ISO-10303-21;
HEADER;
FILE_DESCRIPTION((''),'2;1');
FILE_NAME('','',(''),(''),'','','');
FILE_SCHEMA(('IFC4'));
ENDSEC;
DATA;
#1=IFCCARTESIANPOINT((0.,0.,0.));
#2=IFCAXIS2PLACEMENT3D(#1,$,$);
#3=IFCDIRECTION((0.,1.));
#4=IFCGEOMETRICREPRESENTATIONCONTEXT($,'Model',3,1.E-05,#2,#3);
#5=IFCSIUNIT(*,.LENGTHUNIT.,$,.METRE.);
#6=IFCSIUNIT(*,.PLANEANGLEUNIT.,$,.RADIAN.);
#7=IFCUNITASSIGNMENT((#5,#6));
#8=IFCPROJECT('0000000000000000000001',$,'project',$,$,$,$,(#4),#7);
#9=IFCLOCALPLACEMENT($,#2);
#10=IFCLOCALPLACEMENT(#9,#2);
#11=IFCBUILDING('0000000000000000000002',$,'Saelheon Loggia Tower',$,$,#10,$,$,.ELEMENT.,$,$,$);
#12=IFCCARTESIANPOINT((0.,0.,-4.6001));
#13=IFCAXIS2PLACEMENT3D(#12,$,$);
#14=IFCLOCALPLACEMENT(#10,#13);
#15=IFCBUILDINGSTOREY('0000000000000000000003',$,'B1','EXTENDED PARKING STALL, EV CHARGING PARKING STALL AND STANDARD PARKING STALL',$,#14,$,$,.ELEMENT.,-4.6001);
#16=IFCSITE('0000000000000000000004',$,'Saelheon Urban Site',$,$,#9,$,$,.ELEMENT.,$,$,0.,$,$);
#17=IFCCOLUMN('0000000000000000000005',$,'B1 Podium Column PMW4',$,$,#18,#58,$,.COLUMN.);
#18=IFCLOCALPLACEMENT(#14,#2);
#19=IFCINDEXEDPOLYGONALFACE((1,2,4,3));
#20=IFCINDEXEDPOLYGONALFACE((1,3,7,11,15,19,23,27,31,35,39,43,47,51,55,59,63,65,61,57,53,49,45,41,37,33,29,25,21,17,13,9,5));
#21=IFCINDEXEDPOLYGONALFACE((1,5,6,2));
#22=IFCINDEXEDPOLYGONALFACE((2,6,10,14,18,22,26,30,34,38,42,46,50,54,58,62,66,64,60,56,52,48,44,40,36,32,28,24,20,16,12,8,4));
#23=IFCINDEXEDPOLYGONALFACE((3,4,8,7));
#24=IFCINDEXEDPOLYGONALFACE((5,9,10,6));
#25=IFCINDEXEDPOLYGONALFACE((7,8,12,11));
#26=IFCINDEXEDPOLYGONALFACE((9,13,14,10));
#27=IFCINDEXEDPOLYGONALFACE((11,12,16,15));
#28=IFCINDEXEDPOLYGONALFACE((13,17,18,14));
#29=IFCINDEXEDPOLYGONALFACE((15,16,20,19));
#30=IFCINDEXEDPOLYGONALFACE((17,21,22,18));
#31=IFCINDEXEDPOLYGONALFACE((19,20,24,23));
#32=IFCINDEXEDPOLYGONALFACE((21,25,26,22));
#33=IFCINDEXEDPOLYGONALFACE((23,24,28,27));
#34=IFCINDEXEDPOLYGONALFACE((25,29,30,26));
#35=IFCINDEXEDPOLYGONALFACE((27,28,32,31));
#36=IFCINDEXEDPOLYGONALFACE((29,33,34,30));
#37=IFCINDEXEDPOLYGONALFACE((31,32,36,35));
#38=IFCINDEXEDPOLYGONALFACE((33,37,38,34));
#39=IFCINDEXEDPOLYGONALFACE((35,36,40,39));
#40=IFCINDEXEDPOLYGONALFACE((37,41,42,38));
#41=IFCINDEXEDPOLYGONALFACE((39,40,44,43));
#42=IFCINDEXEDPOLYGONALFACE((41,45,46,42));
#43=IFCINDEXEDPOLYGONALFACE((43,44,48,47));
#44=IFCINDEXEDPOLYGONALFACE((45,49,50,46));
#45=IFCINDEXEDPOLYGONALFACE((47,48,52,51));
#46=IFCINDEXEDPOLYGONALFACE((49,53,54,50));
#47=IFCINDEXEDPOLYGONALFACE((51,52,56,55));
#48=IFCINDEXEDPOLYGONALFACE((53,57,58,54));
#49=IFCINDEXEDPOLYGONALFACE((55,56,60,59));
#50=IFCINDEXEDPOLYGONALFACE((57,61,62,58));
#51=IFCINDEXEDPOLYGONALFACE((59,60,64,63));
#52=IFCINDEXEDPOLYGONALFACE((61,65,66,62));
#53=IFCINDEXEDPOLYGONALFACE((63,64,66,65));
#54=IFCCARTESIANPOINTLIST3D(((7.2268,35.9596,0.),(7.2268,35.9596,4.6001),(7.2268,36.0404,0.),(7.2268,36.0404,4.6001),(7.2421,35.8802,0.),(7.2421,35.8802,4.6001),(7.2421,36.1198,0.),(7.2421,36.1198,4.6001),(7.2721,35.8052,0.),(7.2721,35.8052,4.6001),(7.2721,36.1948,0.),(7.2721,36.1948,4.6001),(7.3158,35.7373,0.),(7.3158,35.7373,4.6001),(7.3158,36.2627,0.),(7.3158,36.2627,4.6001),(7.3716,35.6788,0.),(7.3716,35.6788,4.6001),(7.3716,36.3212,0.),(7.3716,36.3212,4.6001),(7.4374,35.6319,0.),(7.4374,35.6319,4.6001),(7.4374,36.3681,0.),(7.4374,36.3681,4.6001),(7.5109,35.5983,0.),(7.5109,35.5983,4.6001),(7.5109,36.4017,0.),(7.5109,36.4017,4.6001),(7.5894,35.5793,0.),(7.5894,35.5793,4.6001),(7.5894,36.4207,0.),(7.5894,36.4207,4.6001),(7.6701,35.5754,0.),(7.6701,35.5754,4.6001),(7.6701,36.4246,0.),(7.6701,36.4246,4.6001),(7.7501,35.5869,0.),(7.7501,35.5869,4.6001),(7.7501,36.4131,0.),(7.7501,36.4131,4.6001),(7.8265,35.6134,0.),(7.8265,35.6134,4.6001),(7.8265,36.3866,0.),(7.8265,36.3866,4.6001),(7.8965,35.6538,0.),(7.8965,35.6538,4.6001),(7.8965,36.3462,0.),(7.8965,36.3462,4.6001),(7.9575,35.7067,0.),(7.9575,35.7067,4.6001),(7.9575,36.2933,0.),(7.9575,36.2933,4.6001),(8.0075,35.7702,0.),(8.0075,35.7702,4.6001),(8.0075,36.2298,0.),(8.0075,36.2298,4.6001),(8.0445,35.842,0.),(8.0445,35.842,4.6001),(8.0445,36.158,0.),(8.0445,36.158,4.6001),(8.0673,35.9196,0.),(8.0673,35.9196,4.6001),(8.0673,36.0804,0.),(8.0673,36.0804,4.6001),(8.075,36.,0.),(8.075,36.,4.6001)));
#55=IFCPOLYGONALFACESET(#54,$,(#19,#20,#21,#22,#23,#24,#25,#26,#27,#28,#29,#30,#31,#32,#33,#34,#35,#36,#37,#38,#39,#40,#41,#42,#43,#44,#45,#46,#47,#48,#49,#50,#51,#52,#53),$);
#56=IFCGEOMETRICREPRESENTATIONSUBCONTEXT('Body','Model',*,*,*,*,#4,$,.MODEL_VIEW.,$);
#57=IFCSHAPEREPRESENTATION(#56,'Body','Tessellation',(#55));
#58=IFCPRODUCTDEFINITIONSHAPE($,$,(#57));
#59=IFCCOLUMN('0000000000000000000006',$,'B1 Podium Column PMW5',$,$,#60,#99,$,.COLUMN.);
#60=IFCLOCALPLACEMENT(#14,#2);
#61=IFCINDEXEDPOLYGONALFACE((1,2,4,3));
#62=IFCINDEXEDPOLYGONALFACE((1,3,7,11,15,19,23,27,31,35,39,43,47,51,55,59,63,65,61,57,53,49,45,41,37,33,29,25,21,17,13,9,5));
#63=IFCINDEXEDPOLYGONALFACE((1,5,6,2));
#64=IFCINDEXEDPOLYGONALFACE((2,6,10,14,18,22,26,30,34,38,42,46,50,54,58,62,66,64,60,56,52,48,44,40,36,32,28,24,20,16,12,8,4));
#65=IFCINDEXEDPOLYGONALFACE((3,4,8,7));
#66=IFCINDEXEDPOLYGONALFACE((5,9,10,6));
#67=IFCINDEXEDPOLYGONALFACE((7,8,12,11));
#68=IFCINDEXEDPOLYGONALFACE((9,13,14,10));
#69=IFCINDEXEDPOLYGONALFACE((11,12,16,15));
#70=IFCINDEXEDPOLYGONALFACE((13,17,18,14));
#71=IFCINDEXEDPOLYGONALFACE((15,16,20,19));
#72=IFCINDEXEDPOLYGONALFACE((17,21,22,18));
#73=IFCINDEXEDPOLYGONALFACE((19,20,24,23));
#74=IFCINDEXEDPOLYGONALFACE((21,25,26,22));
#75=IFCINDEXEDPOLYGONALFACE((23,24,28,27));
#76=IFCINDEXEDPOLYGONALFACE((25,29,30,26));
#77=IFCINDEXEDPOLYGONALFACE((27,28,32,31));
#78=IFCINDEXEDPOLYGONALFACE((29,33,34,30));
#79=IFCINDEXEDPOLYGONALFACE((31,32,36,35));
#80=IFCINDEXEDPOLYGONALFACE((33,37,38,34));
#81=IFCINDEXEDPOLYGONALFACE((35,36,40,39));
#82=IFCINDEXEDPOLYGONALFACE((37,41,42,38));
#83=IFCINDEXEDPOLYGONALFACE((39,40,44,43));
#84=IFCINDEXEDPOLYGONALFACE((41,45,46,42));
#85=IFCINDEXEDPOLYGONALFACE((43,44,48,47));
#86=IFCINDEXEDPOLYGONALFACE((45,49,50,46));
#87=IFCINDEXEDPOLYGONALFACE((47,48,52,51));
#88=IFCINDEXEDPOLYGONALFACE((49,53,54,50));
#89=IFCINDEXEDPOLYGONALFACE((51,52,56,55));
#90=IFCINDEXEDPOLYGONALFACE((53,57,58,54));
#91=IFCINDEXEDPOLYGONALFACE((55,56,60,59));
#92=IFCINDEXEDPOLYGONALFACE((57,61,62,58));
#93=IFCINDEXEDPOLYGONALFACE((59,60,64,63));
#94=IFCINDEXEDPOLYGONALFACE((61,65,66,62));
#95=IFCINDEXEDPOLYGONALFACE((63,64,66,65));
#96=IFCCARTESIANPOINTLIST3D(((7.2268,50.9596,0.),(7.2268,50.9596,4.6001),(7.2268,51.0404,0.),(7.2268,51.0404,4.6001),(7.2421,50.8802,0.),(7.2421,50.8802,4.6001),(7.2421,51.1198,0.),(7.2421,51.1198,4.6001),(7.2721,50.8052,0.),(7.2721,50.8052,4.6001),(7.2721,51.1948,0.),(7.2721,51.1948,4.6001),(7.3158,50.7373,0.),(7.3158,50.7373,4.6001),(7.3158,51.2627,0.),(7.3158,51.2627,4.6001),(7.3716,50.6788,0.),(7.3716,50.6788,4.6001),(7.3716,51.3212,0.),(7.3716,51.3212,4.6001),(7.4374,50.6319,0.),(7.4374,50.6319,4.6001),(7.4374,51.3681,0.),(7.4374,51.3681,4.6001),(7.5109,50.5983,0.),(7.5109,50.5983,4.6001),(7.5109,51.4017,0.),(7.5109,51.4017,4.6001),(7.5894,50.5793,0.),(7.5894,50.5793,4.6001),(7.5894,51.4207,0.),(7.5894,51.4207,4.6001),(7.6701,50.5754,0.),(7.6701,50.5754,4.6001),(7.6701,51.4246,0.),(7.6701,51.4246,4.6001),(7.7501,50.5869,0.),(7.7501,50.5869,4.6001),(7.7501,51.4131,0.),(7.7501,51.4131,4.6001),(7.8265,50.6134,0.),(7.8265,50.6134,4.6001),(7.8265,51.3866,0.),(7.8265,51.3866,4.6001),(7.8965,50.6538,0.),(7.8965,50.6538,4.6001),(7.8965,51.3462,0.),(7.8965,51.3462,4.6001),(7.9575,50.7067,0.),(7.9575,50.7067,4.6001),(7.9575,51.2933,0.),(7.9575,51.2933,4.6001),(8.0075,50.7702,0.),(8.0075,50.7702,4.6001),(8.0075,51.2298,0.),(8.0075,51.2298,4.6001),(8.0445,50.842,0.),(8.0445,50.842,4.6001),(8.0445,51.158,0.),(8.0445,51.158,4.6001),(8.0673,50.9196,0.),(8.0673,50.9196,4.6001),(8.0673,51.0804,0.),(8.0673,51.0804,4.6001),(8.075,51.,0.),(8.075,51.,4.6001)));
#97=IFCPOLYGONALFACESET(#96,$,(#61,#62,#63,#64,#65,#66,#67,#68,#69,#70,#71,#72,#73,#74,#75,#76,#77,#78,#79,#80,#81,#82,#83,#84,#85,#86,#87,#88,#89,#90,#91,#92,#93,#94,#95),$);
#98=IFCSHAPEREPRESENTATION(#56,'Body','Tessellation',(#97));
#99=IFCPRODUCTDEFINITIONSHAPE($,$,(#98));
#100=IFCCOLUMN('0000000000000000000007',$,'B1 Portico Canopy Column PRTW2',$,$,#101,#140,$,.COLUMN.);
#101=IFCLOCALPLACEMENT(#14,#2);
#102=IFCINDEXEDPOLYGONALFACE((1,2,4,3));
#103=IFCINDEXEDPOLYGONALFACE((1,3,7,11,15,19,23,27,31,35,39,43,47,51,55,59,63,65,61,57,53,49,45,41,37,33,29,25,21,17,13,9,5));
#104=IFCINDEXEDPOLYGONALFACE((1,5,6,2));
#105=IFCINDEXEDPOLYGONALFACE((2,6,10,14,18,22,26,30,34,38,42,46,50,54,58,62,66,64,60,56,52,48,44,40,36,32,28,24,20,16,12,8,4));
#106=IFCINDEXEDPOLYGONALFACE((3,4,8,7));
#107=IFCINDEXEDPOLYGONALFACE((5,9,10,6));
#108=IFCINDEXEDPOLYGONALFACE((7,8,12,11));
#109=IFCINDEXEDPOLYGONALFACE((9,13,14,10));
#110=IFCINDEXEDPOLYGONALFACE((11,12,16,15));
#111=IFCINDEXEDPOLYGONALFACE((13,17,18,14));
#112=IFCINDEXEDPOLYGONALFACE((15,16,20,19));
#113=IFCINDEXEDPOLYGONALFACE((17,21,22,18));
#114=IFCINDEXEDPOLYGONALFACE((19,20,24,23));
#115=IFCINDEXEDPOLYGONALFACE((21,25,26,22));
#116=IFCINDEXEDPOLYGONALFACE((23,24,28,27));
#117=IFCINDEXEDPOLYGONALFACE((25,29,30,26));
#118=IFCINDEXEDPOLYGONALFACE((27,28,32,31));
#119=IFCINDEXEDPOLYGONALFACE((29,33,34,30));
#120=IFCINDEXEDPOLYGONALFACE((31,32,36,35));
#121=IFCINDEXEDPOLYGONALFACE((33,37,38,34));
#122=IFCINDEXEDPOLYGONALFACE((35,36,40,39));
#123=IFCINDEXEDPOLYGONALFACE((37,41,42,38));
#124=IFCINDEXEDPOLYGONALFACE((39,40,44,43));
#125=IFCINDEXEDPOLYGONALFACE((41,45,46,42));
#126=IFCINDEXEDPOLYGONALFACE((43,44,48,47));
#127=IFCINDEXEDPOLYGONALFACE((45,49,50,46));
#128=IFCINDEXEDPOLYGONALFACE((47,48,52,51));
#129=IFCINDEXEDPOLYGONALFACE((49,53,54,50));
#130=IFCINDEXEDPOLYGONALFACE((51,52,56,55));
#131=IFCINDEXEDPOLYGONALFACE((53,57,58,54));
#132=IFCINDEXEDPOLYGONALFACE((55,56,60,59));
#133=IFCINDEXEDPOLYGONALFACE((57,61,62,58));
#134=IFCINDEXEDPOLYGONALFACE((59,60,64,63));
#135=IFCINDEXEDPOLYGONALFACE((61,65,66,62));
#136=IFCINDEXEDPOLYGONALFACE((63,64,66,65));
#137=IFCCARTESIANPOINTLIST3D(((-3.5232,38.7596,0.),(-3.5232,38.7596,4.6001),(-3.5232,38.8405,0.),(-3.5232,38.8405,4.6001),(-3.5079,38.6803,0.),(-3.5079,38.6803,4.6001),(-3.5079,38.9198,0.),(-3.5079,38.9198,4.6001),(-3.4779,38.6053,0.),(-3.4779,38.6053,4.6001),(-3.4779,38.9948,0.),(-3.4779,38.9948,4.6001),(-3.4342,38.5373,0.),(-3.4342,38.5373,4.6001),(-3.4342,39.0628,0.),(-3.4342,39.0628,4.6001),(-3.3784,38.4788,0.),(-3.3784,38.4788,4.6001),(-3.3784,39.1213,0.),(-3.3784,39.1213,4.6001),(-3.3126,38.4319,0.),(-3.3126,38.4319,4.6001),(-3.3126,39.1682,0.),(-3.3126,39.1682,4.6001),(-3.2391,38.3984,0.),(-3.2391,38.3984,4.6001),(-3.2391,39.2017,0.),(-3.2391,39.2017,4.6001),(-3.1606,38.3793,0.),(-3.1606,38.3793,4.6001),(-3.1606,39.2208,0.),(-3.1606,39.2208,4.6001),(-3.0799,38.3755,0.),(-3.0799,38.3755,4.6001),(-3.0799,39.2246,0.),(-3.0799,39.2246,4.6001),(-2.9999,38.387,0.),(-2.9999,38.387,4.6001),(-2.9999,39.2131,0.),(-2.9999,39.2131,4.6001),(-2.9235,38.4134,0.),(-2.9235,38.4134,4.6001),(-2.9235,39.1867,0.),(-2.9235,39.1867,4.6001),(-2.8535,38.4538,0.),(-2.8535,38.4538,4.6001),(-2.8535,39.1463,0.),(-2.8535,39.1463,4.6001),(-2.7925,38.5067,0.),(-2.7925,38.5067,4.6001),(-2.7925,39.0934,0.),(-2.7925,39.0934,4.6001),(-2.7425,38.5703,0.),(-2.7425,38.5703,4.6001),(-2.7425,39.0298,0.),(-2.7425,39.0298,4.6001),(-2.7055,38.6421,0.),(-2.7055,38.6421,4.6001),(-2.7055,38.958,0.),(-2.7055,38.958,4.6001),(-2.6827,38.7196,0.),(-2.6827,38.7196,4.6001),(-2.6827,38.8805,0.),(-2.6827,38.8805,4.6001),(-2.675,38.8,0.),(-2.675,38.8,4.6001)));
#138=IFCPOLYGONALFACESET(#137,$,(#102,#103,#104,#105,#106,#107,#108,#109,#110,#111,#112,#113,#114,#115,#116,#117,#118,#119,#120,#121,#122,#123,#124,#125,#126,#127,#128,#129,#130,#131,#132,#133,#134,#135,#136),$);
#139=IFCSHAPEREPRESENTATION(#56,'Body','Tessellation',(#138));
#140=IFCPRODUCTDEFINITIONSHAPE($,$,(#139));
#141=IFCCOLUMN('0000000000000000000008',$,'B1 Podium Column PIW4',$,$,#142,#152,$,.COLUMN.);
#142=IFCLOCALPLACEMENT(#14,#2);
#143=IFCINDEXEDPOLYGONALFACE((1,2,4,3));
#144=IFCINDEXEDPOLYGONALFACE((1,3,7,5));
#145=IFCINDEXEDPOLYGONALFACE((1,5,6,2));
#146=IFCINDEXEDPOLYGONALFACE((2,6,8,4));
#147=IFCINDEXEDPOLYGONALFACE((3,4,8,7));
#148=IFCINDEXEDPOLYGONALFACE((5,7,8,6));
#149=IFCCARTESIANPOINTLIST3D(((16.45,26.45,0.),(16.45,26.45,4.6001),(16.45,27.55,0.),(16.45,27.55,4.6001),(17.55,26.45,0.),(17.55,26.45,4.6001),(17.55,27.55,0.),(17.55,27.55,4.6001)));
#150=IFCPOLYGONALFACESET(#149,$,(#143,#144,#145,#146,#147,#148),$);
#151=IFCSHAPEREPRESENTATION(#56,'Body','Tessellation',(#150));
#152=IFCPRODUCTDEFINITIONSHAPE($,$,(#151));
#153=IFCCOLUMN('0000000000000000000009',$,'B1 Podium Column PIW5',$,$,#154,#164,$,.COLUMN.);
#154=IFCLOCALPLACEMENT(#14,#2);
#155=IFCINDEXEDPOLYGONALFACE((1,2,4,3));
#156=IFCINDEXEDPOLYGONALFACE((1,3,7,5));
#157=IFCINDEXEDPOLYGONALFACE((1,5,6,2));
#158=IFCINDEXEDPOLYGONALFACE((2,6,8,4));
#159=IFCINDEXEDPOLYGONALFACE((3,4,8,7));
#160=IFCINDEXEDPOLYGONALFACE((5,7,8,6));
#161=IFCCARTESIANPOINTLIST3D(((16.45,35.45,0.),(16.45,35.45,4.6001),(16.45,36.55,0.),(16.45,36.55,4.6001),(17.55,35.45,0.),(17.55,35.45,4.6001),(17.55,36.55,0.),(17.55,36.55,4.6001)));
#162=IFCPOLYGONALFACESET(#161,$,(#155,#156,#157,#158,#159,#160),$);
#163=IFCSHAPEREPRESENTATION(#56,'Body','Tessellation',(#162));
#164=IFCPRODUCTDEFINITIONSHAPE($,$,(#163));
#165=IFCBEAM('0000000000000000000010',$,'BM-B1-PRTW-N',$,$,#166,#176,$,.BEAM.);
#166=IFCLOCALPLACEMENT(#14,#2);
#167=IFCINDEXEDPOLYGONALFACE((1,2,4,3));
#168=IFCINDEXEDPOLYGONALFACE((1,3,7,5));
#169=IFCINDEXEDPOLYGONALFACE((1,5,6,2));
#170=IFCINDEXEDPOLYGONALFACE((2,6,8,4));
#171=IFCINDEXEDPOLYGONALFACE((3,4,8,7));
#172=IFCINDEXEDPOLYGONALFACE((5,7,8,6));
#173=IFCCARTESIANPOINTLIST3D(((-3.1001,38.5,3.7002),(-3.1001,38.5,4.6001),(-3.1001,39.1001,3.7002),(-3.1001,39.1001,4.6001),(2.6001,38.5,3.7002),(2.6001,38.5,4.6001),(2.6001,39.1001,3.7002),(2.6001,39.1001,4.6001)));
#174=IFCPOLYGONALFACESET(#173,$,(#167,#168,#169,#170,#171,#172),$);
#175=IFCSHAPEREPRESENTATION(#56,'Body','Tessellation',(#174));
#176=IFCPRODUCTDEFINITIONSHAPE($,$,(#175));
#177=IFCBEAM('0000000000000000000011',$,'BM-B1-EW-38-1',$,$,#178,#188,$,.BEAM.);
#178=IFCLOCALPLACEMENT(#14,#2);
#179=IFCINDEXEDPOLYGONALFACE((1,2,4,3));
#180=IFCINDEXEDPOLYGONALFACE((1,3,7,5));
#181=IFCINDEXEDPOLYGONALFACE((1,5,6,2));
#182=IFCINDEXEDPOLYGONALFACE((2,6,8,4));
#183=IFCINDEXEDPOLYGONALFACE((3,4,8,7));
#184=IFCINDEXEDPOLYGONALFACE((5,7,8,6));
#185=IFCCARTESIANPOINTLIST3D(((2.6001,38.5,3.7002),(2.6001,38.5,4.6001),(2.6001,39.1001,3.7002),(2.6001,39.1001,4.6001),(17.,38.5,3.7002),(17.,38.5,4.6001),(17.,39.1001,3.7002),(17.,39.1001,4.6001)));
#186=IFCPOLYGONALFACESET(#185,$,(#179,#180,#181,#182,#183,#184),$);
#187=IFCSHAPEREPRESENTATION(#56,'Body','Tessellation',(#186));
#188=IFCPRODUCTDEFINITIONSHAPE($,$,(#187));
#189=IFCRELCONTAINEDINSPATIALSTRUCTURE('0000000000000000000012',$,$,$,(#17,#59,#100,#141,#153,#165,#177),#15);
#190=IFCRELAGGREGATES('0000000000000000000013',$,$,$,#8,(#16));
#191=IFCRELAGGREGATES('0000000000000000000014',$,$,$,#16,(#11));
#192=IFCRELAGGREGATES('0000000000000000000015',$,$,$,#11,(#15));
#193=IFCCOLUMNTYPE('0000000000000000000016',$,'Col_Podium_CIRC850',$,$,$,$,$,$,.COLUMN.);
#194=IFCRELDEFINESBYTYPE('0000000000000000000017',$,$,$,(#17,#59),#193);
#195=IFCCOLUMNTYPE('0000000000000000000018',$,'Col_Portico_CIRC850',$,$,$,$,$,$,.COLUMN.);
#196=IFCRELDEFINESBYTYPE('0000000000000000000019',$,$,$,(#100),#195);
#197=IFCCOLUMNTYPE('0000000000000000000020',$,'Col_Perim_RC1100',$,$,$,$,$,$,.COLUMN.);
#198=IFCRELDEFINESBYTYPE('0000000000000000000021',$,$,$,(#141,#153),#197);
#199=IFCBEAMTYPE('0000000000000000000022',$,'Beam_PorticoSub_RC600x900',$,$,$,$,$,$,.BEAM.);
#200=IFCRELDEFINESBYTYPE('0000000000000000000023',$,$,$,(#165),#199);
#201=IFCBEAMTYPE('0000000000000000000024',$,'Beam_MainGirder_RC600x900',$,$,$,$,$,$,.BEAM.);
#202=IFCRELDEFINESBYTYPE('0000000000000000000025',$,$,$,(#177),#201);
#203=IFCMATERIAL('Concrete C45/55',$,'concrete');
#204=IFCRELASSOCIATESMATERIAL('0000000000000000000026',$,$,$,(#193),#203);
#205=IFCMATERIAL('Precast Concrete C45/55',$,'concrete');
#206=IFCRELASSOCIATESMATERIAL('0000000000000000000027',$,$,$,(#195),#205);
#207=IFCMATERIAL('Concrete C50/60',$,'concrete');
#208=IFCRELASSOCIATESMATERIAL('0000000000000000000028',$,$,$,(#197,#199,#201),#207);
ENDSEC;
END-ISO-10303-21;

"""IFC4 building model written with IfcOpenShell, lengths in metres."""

from ifc_helpers import new_model, si_unit, direction, frame, origin, origin_2d, place, context, subcontext, project, spatial, rectangle, circle, extrude, source, transform, mapped, material, material_profile, profile_set, type_object, element, save


model = new_model("IFC4")

# Units and contexts
model_context = context("Model", 3, precision=1e-05, world=origin(), true_north=direction((0.0, 1.0)))
body_context = subcontext(model_context, "Body", "Model", "MODEL_VIEW")
ifc_project = project(units=[si_unit("LENGTHUNIT", "METRE"), si_unit("PLANEANGLEUNIT", "RADIAN")], contexts=[model_context])

# Site, building, storey
site_placement = place(None, origin())
site = spatial("IfcSite", under=ifc_project, at=site_placement, Name="Saelheon Urban Site", CompositionType="ELEMENT", RefElevation=0.0)
building_placement = place(site_placement, origin())
building = spatial("IfcBuilding", under=site, at=building_placement, Name="Saelheon Loggia Tower", CompositionType="ELEMENT")
storey_placement = place(building_placement, frame((0.0, 0.0, -4.6001)))
storey = spatial("IfcBuildingStorey", under=building, at=storey_placement, Name="B1", Description="EXTENDED PARKING STALL, EV CHARGING PARKING STALL AND STANDARD PARKING STALL", CompositionType="ELEMENT", Elevation=-4.6001)

# Columns
ifc_material_1 = material(Name="Concrete C50/60", Category="concrete")
ifc_material_2 = material(Name="Concrete C45/55", Category="concrete")
ifc_material_profile_1 = material_profile(ifc_material_2, circle(Radius=0.425, at=origin_2d()), Name="CIRC-850")
ifc_profile_set_1 = profile_set([ifc_material_profile_1], Name="Concrete C45/55")
column_type_1 = type_object("IfcColumnType", Name="Col_Podium_CIRC850", PredefinedType="COLUMN", material=ifc_profile_set_1)
shared_shape_1 = source(origin(), body_context, "Body", "SweptSolid", [
    extrude(circle(Radius=0.425, at=origin_2d()), origin(), (0.0, 0.0, 1.0), 4.6001),
])
for number, where, z_axis, x_axis, name in (
    (1, (7.6499, 36.0, 0.0), (0.0, 0.0, 1.0), (1.0, 0.0, 0.0), "B1 Podium Column PMW4"),
    (2, (7.6499, 51.0, 0.0), (0.0, 0.0, 1.0), (1.0, 0.0, 0.0), "B1 Podium Column PMW5"),
):
    element("IfcColumn", number, at=place(storey_placement, frame(where, z_axis=z_axis, x_axis=x_axis)), inside=storey, type_object=column_type_1, Name=name, PredefinedType="COLUMN", context=body_context, shape_type="MappedRepresentation", body=[
        mapped(shared_shape_1, transform((0.0, 0.0, 0.0), scale=1.0)),
    ])
ifc_material_3 = material(Name="Precast Concrete C45/55", Category="concrete")
ifc_material_profile_2 = material_profile(ifc_material_3, circle(Radius=0.425, at=origin_2d()), Name="CIRC-850")
ifc_profile_set_2 = profile_set([ifc_material_profile_2], Name="Precast Concrete C45/55")
column_type_2 = type_object("IfcColumnType", Name="Col_Portico_CIRC850", PredefinedType="COLUMN", material=ifc_profile_set_2)
column_placement = place(storey_placement, frame((-3.1001, 38.8, 0.0), z_axis=(0.0, 0.0, 1.0), x_axis=(1.0, 0.0, 0.0)))
element("IfcColumn", 3, at=column_placement, inside=storey, type_object=column_type_2, Name="B1 Portico Canopy Column PRTW2", PredefinedType="COLUMN", context=body_context, shape_type="MappedRepresentation", body=[
    mapped(shared_shape_1, transform((0.0, 0.0, 0.0), scale=1.0)),
])
ifc_material_profile_3 = material_profile(ifc_material_1, rectangle(XDim=1.1001, YDim=1.1001, at=origin_2d()), Name="RC-1100x1100")
ifc_profile_set_3 = profile_set([ifc_material_profile_3], Name="Concrete C50/60")
column_type_3 = type_object("IfcColumnType", Name="Col_Perim_RC1100", PredefinedType="COLUMN", material=ifc_profile_set_3)
shared_shape_2 = source(origin(), body_context, "Body", "SweptSolid", [
    extrude(rectangle(XDim=1.1001, YDim=1.1001, at=origin_2d()), origin(), (0.0, 0.0, 1.0), 4.6001),
])
for number, where, z_axis, x_axis, name in (
    (4, (17.0, 27.0, 0.0), (0.0, 0.0, 1.0), (1.0, 0.0, 0.0), "B1 Podium Column PIW4"),
    (5, (17.0, 36.0, 0.0), (0.0, 0.0, 1.0), (1.0, 0.0, 0.0), "B1 Podium Column PIW5"),
):
    element("IfcColumn", number, at=place(storey_placement, frame(where, z_axis=z_axis, x_axis=x_axis)), inside=storey, type_object=column_type_3, Name=name, PredefinedType="COLUMN", context=body_context, shape_type="MappedRepresentation", body=[
        mapped(shared_shape_2, transform((0.0, 0.0, 0.0), scale=1.0)),
    ])

# Beams
ifc_material_profile_4 = material_profile(ifc_material_1, rectangle(XDim=0.6001, YDim=0.8999, at=origin_2d()), Name="RC-600x900")
ifc_profile_set_4 = profile_set([ifc_material_profile_4], Name="Concrete C50/60")
beam_type_1 = type_object("IfcBeamType", Name="Beam_PorticoSub_RC600x900", PredefinedType="BEAM", material=ifc_profile_set_4)
shared_shape_3 = source(origin(), body_context, "Body", "SweptSolid", [
    extrude(rectangle(XDim=0.6001, YDim=0.8999, at=origin_2d()), origin(), (0.0, 0.0, 1.0), 5.7002),
])
beam_1_placement = place(storey_placement, frame((-3.1001, 38.8, 4.1501), z_axis=(1.0, 0.0, 0.0), x_axis=(0.0, 1.0, 0.0)))
element("IfcBeam", 6, at=beam_1_placement, inside=storey, type_object=beam_type_1, Name="BM-B1-PRTW-N", PredefinedType="BEAM", context=body_context, shape_type="MappedRepresentation", body=[
    mapped(shared_shape_3, transform((0.0, 0.0, 0.0), scale=1.0)),
])
ifc_material_profile_5 = material_profile(ifc_material_1, rectangle(XDim=0.6001, YDim=0.8999, at=origin_2d()), Name="RC-600x900")
ifc_profile_set_5 = profile_set([ifc_material_profile_5], Name="Concrete C50/60")
beam_type_2 = type_object("IfcBeamType", Name="Beam_MainGirder_RC600x900", PredefinedType="BEAM", material=ifc_profile_set_5)
shared_shape_4 = source(origin(), body_context, "Body", "SweptSolid", [
    extrude(rectangle(XDim=0.6001, YDim=0.8999, at=origin_2d()), origin(), (0.0, 0.0, 1.0), 14.3999),
])
beam_2_placement = place(storey_placement, frame((2.6001, 38.8, 4.1501), z_axis=(1.0, 0.0, 0.0), x_axis=(0.0, 1.0, 0.0)))
element("IfcBeam", 7, at=beam_2_placement, inside=storey, type_object=beam_type_2, Name="BM-B1-EW-38-1", PredefinedType="BEAM", context=body_context, shape_type="MappedRepresentation", body=[
    mapped(shared_shape_4, transform((0.0, 0.0, 0.0), scale=1.0)),
])

save(model, "model.ifc")
